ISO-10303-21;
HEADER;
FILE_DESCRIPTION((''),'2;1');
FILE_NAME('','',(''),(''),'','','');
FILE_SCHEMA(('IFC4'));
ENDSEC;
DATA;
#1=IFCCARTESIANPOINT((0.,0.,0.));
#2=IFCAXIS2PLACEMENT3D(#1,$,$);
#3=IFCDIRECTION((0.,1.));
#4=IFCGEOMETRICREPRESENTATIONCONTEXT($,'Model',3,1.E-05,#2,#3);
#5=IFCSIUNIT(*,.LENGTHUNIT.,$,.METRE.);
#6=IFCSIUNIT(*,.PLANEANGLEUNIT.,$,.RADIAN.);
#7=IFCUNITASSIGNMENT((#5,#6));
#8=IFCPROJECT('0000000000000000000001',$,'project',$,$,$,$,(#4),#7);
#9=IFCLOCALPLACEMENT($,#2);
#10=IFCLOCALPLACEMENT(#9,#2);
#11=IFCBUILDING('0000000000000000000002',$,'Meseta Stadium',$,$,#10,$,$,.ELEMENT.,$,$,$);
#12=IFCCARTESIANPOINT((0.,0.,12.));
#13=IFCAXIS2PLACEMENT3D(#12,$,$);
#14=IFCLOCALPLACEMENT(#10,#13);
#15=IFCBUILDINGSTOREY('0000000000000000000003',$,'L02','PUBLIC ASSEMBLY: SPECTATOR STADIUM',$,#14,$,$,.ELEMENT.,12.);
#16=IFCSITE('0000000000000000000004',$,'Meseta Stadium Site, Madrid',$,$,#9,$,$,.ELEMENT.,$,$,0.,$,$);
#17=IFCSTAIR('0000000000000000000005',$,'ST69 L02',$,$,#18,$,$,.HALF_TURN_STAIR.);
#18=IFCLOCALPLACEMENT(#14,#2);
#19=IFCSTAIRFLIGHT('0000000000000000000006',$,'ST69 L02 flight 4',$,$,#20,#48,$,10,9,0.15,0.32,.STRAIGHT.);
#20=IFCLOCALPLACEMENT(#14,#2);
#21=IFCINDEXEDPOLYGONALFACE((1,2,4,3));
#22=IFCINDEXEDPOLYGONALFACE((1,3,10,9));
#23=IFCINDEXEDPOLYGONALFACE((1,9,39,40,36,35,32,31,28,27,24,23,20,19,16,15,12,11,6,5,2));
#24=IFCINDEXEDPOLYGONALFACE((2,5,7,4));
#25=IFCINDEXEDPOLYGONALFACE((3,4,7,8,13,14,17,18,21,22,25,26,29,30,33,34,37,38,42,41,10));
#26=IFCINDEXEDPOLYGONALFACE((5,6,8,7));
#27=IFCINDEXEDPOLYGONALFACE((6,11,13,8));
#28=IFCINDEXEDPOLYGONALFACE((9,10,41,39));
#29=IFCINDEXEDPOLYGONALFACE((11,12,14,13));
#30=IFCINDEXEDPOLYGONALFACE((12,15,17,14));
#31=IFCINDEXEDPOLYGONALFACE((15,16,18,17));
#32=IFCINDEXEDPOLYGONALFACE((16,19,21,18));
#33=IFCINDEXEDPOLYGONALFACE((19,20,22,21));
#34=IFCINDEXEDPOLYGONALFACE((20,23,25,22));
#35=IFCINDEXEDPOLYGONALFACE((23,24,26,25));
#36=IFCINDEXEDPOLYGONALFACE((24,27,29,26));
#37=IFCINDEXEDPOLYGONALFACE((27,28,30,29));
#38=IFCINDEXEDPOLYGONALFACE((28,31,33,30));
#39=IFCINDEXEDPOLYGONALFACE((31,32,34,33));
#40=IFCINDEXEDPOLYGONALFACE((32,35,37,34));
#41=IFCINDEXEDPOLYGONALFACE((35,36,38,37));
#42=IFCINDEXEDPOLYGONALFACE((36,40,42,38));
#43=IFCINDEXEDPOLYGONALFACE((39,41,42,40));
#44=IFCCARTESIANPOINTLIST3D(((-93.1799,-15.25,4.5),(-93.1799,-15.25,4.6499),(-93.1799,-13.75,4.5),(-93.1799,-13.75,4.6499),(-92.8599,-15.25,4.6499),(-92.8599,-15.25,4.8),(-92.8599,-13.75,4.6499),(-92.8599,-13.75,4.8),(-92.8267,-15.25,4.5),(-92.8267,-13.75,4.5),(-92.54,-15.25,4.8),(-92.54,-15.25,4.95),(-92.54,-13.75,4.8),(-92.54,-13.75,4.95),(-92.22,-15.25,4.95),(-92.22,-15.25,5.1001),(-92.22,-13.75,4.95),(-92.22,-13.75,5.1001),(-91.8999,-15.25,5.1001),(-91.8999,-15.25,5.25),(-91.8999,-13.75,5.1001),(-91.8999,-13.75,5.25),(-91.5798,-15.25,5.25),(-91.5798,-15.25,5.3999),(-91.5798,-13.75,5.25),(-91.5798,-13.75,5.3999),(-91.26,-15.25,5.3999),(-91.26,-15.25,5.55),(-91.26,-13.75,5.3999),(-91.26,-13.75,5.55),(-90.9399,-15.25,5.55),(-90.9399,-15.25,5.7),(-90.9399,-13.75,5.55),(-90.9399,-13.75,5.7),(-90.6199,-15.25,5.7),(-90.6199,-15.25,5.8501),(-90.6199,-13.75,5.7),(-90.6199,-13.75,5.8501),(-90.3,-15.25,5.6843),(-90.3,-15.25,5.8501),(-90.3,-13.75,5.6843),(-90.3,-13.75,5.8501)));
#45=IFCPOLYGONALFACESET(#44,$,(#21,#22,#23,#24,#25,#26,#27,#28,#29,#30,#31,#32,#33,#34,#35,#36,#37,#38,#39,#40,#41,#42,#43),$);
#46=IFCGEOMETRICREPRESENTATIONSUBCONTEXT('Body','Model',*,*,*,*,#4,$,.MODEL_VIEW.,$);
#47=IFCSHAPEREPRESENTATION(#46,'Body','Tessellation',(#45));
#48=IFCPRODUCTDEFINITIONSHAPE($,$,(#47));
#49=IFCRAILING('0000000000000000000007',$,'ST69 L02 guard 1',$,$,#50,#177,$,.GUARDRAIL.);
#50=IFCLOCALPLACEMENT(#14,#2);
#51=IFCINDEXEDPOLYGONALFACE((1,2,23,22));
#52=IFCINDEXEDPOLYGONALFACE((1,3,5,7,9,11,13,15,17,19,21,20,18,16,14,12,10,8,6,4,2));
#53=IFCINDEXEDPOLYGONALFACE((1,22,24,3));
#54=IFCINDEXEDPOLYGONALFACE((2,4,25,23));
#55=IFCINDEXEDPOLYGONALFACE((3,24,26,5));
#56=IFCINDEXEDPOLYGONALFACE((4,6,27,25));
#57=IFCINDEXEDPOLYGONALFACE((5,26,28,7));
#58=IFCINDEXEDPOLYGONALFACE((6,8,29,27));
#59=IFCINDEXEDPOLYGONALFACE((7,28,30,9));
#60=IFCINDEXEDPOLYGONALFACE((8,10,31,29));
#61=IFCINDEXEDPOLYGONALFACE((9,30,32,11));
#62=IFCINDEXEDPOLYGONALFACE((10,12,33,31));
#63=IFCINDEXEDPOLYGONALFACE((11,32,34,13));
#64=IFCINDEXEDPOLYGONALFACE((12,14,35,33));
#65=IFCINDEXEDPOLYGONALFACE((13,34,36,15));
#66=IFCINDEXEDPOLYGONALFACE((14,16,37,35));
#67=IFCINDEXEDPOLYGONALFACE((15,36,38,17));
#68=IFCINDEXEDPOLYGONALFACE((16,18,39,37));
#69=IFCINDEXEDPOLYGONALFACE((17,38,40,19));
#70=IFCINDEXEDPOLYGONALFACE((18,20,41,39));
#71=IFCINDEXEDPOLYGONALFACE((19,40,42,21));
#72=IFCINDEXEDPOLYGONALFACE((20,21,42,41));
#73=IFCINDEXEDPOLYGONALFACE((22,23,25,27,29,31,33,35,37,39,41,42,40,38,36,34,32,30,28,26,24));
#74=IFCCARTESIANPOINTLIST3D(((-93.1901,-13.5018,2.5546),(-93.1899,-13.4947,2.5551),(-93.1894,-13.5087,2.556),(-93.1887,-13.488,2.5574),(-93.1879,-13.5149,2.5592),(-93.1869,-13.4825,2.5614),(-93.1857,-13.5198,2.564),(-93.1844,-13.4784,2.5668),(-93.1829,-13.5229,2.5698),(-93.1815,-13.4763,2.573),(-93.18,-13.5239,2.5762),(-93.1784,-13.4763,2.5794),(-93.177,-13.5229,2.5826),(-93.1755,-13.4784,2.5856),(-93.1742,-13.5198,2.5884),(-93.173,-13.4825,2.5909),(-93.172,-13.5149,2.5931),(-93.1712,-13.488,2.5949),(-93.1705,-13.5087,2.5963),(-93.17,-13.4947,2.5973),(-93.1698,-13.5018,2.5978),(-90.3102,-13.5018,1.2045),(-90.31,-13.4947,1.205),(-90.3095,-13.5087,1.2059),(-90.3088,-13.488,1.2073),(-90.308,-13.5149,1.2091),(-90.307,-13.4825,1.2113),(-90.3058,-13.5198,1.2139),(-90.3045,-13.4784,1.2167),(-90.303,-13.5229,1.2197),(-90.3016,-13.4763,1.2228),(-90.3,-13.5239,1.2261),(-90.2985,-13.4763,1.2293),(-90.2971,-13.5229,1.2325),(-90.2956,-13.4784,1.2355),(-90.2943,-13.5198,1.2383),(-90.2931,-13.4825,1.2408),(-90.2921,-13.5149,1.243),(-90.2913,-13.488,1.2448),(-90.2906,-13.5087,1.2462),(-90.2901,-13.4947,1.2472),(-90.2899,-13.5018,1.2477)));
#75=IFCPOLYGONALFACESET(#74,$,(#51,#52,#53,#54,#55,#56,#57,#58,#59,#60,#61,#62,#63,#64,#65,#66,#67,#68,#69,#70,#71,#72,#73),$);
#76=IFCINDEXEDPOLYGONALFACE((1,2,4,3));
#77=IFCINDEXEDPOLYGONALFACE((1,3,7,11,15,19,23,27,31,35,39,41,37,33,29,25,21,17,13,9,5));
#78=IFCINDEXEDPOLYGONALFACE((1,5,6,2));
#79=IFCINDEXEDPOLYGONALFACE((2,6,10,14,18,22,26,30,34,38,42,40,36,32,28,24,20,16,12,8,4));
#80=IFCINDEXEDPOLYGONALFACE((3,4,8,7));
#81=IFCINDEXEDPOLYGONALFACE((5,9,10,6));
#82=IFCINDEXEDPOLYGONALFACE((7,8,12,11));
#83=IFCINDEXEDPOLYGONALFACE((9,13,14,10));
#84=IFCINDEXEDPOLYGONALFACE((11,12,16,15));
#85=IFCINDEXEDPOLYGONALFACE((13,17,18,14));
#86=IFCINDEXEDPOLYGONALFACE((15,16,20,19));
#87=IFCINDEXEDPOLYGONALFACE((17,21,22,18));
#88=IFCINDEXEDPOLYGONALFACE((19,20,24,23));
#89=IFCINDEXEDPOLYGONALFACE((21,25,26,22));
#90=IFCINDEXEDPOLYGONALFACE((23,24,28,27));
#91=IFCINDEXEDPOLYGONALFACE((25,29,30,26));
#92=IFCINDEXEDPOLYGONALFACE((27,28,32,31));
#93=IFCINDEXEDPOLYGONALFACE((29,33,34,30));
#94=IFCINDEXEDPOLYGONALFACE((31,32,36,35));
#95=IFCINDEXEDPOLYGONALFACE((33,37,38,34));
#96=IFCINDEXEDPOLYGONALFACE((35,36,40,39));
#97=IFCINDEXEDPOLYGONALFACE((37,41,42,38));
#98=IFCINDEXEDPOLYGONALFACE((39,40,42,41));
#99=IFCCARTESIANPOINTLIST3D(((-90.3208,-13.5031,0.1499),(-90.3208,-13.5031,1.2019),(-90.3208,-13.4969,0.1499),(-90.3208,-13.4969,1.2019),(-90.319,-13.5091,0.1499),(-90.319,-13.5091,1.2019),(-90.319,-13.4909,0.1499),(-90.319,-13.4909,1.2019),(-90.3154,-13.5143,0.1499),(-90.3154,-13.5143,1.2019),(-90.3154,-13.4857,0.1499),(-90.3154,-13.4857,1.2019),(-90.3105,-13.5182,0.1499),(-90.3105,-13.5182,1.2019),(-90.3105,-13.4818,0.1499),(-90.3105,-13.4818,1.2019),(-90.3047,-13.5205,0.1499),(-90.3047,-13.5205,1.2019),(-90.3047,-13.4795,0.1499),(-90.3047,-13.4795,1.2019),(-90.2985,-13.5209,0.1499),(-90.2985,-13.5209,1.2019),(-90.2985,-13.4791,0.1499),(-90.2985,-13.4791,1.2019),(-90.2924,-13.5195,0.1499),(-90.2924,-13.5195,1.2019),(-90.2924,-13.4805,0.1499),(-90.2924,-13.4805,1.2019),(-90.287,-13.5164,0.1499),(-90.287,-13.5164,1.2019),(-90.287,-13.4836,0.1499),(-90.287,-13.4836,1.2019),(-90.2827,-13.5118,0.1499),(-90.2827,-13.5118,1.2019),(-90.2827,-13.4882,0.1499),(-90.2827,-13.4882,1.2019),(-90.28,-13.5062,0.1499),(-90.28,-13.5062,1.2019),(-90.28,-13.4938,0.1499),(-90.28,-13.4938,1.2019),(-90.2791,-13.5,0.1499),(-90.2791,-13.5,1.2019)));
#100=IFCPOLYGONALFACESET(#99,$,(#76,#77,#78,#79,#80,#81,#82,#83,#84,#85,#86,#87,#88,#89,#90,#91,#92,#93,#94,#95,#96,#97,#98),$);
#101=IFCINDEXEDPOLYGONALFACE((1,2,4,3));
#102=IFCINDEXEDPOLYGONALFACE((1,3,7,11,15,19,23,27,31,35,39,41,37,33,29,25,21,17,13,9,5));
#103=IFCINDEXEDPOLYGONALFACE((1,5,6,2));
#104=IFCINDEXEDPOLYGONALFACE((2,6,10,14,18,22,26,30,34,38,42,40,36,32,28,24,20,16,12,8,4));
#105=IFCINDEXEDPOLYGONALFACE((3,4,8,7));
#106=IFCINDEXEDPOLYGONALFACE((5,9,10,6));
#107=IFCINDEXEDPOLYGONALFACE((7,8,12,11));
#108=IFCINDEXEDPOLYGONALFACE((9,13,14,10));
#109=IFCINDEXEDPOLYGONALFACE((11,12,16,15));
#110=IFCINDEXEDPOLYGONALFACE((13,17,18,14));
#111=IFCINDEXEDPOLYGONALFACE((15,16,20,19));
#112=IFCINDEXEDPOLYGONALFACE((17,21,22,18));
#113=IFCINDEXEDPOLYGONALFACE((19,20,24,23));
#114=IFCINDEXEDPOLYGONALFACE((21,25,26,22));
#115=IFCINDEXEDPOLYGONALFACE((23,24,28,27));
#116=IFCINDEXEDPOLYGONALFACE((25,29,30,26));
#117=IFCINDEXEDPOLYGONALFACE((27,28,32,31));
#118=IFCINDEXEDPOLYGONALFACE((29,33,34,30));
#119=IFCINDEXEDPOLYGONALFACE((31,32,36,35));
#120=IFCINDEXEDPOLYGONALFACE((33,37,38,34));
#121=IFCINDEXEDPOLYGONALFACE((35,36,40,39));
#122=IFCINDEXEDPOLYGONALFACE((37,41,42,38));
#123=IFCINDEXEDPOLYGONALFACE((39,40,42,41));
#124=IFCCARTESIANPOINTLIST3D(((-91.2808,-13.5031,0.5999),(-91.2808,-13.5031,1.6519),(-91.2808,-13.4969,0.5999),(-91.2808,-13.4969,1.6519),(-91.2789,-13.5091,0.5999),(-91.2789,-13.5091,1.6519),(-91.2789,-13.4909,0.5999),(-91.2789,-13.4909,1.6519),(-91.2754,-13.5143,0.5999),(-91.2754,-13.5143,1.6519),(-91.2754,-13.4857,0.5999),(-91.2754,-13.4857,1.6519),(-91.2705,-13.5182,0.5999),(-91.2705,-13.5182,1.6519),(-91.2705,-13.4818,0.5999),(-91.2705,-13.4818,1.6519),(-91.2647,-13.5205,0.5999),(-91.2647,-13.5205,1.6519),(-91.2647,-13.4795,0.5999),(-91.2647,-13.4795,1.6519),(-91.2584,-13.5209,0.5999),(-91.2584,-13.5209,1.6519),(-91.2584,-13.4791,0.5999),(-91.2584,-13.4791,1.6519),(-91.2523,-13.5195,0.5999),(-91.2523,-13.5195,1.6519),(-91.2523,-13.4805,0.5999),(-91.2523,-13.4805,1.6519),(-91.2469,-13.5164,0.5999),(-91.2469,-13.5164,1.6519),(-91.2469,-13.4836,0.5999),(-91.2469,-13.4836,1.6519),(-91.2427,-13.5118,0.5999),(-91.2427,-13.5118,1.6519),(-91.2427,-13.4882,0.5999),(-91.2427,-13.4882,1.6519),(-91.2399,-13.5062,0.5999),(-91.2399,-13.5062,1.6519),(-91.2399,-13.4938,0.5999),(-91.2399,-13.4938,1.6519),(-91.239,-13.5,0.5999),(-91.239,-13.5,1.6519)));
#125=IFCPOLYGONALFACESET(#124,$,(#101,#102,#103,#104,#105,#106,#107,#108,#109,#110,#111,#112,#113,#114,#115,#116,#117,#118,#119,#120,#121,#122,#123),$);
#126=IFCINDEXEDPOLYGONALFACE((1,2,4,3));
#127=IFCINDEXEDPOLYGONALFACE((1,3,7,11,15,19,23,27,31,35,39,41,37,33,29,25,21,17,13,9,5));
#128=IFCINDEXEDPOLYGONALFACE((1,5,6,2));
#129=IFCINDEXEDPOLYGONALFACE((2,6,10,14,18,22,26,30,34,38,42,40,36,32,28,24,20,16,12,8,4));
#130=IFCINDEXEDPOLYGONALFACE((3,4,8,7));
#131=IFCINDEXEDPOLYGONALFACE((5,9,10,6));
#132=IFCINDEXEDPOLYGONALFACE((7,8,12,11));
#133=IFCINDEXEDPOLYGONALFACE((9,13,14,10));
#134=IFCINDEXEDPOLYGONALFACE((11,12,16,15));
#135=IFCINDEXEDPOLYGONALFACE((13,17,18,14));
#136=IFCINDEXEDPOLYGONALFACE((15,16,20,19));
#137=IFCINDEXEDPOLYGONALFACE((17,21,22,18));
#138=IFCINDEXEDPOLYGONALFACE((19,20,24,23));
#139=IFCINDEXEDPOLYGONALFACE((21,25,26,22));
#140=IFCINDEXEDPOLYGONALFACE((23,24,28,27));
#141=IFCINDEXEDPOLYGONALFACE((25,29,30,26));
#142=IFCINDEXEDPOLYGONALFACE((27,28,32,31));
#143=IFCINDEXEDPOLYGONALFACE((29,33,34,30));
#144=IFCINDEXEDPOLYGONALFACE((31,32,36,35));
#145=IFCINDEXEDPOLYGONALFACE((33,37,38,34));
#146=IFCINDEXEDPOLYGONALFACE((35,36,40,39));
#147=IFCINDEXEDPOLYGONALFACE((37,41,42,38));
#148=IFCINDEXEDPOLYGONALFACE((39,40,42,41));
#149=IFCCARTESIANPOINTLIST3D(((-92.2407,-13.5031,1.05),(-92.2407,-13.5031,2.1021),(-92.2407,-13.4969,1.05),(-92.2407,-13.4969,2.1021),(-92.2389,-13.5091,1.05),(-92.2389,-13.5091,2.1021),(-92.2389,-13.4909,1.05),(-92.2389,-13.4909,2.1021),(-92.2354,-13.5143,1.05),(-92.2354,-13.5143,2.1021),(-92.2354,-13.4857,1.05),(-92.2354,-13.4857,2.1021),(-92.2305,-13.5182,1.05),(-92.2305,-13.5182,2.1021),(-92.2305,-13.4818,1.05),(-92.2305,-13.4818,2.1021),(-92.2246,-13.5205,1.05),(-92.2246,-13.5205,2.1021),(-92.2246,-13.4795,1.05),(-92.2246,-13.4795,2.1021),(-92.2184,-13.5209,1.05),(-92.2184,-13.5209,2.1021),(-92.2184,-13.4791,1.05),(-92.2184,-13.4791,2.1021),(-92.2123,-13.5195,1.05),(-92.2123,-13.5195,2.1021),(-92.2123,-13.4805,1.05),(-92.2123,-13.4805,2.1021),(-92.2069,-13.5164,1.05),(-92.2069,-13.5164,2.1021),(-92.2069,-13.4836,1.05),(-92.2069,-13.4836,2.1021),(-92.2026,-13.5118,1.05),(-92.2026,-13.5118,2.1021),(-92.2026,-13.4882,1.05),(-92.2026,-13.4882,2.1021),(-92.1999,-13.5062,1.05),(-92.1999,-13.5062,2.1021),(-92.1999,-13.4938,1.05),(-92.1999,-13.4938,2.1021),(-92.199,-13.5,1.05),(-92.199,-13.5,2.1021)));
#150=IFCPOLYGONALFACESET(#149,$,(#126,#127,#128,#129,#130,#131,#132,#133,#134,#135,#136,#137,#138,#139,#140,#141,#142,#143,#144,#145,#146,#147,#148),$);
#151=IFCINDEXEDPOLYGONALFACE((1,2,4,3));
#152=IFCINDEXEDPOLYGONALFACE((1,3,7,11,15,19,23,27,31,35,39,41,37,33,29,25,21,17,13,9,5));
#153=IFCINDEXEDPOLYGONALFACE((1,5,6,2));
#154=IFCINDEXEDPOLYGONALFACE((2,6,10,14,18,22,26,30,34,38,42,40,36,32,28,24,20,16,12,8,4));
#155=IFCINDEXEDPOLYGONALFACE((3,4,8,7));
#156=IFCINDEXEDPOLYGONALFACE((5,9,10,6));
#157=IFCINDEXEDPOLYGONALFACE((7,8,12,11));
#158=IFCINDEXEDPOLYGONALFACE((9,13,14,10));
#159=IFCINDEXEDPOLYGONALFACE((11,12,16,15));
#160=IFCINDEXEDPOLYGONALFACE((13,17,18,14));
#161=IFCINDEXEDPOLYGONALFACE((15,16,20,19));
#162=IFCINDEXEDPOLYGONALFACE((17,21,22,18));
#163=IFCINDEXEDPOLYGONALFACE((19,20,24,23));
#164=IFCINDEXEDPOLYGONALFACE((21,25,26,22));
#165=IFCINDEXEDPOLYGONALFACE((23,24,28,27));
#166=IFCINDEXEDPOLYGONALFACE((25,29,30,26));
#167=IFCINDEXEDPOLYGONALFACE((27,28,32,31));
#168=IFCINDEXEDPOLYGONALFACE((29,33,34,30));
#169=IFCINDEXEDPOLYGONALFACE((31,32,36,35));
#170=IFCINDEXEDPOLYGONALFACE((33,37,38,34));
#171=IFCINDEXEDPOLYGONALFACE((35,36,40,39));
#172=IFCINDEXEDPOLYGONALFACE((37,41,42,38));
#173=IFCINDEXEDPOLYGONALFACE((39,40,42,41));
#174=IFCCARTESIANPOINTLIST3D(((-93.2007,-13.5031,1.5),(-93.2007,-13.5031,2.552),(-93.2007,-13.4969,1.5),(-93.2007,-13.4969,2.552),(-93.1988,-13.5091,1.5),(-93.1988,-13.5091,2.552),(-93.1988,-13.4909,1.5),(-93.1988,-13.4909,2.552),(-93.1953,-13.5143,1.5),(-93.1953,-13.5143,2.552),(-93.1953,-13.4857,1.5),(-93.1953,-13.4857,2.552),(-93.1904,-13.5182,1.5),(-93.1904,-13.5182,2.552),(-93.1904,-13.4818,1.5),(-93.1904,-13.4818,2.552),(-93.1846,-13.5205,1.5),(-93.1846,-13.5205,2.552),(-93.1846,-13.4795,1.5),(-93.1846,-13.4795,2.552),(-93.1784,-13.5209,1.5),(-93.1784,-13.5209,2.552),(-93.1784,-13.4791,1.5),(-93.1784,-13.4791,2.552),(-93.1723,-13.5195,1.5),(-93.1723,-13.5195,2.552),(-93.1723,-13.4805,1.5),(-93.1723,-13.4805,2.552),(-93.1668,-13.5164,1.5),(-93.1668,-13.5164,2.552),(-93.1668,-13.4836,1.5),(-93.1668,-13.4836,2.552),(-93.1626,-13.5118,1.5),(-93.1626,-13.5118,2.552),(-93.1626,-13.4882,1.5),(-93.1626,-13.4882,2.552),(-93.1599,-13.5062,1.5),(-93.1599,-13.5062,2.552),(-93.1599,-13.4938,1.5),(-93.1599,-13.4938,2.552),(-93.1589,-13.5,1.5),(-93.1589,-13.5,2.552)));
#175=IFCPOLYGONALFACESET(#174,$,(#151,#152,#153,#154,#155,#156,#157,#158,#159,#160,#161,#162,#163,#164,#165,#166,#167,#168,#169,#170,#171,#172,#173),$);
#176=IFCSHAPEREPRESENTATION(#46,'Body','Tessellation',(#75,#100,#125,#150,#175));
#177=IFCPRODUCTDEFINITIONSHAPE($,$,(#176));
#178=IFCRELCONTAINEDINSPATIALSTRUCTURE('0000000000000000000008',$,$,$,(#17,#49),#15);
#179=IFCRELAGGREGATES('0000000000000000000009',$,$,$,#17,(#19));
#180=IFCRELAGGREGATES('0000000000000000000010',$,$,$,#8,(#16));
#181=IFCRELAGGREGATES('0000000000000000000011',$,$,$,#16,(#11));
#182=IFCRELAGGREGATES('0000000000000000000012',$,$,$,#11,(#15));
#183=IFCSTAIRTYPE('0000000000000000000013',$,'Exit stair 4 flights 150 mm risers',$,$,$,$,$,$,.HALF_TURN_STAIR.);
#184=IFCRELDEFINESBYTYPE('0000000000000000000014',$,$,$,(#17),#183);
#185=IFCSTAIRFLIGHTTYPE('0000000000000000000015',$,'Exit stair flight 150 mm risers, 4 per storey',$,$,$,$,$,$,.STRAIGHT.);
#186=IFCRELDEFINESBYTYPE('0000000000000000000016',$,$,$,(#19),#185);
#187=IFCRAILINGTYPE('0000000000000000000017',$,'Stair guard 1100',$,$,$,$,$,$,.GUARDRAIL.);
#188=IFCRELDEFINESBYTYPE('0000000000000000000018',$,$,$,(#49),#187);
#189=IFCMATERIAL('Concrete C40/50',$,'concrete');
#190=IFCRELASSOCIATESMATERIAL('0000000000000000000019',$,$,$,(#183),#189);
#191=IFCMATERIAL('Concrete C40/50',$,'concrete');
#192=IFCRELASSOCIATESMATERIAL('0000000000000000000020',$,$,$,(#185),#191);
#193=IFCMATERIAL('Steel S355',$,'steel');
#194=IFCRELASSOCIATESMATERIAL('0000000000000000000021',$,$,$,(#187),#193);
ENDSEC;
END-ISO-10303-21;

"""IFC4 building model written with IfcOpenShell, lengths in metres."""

from ifc_helpers import new_model, si_unit, direction, frame, origin, origin_2d, place, context, subcontext, project, spatial, polyline, circle, outline, extrude, material, type_object, element, aggregate, save


model = new_model("IFC4")

# Units and contexts
model_context = context("Model", 3, precision=1e-05, world=origin(), true_north=direction((0.0, 1.0)))
body_context = subcontext(model_context, "Body", "Model", "MODEL_VIEW")
ifc_project = project(units=[si_unit("LENGTHUNIT", "METRE"), si_unit("PLANEANGLEUNIT", "RADIAN")], contexts=[model_context])

# Site, building, storey
site_placement = place(None, origin())
site = spatial("IfcSite", under=ifc_project, at=site_placement, Name="Meseta Stadium Site, Madrid", CompositionType="ELEMENT", RefElevation=0.0)
building_placement = place(site_placement, origin())
building = spatial("IfcBuilding", under=site, at=building_placement, Name="Meseta Stadium", CompositionType="ELEMENT")
storey_placement = place(building_placement, frame((0.0, 0.0, 12.0)))
storey = spatial("IfcBuildingStorey", under=building, at=storey_placement, Name="L02", Description="PUBLIC ASSEMBLY: SPECTATOR STADIUM", CompositionType="ELEMENT", Elevation=12.0)

# Stair, stair flight
ifc_material_1 = material(Name="Concrete C40/50", Category="concrete")
stair_type = type_object("IfcStairType", Name="Exit stair 4 flights 150 mm risers", PredefinedType="HALF_TURN_STAIR", material=ifc_material_1)
stair_placement = place(storey_placement, origin())
stair = element("IfcStair", 1, at=stair_placement, inside=storey, type_object=stair_type, Name="ST69 L02", PredefinedType="HALF_TURN_STAIR")
ifc_material_2 = material(Name="Concrete C40/50", Category="concrete")
stair_flight_type = type_object("IfcStairFlightType", Name="Exit stair flight 150 mm risers, 4 per storey", PredefinedType="STRAIGHT", material=ifc_material_2)
stair_flight_1_placement = place(storey_placement, frame((-93.1799, -14.5, 4.5), z_axis=(0.0, 0.0, 1.0), x_axis=(1.0, 0.0, 0.0)))
stair_flight_1 = element("IfcStairFlight", 2, at=stair_flight_1_placement, type_object=stair_flight_type, Name="ST69 L02 flight 4", NumberOfRisers=10, NumberOfTreads=9, PredefinedType="STRAIGHT", RiserHeight=0.15, TreadLength=0.32, context=body_context, shape_type="SweptSolid", body=[
    extrude(outline(polyline([(0.0, 0.0), (0.0, 0.1499), (0.3201, 0.1499), (0.3201, 0.3), (0.6399, 0.3), (0.6399, 0.45), (0.96, 0.45), (0.96, 0.6001), (1.28, 0.6001), (1.28, 0.75), (1.6001, 0.75), (1.6001, 0.8999), (1.9199, 0.8999), (1.9199, 1.05), (2.24, 1.05), (2.24, 1.2), (2.5601, 1.2), (2.5601, 1.3501), (2.8799, 1.3501), (2.8799, 1.1843), (0.3533, 0.0), (0.0, 0.0)])), frame((0.0, 0.75, 0.0), z_axis=(0.0, -1.0, 0.0), x_axis=(1.0, 0.0, 0.0)), (0.0, 0.0, 1.0), 1.5),
])
aggregate(stair, [stair_flight_1])

# Railing
ifc_material_3 = material(Name="Steel S355", Category="steel")
railing_type_1 = type_object("IfcRailingType", Name="Stair guard 1100", PredefinedType="GUARDRAIL", material=ifc_material_3)
railing_1_placement = place(storey_placement, frame((-90.3, -13.5, 0.1499)))
element("IfcRailing", 3, at=railing_1_placement, inside=storey, type_object=railing_type_1, Name="ST69 L02 guard 1", PredefinedType="GUARDRAIL", context=body_context, shape_type="SweptSolid", body=[
    extrude(circle(Radius=0.0239, at=origin_2d()), frame((0.0, 0.0, 1.0762), z_axis=(-0.90544, 0.0, 0.424473), x_axis=(0.0, -1.0, 0.0)), (0.0, 0.0, 1.0), 3.1807),
    extrude(circle(Radius=0.021, at=origin_2d()), origin(), (0.0, 0.0, 1.0), 1.052),
    extrude(circle(Radius=0.021, at=origin_2d()), frame((-0.96, 0.0, 0.45)), (0.0, 0.0, 1.0), 1.052),
    extrude(circle(Radius=0.021, at=origin_2d()), frame((-1.9199, 0.0, 0.9001)), (0.0, 0.0, 1.0), 1.052),
    extrude(circle(Radius=0.021, at=origin_2d()), frame((-2.8799, 0.0, 1.3501)), (0.0, 0.0, 1.0), 1.052),
])

save(model, "model.ifc")
